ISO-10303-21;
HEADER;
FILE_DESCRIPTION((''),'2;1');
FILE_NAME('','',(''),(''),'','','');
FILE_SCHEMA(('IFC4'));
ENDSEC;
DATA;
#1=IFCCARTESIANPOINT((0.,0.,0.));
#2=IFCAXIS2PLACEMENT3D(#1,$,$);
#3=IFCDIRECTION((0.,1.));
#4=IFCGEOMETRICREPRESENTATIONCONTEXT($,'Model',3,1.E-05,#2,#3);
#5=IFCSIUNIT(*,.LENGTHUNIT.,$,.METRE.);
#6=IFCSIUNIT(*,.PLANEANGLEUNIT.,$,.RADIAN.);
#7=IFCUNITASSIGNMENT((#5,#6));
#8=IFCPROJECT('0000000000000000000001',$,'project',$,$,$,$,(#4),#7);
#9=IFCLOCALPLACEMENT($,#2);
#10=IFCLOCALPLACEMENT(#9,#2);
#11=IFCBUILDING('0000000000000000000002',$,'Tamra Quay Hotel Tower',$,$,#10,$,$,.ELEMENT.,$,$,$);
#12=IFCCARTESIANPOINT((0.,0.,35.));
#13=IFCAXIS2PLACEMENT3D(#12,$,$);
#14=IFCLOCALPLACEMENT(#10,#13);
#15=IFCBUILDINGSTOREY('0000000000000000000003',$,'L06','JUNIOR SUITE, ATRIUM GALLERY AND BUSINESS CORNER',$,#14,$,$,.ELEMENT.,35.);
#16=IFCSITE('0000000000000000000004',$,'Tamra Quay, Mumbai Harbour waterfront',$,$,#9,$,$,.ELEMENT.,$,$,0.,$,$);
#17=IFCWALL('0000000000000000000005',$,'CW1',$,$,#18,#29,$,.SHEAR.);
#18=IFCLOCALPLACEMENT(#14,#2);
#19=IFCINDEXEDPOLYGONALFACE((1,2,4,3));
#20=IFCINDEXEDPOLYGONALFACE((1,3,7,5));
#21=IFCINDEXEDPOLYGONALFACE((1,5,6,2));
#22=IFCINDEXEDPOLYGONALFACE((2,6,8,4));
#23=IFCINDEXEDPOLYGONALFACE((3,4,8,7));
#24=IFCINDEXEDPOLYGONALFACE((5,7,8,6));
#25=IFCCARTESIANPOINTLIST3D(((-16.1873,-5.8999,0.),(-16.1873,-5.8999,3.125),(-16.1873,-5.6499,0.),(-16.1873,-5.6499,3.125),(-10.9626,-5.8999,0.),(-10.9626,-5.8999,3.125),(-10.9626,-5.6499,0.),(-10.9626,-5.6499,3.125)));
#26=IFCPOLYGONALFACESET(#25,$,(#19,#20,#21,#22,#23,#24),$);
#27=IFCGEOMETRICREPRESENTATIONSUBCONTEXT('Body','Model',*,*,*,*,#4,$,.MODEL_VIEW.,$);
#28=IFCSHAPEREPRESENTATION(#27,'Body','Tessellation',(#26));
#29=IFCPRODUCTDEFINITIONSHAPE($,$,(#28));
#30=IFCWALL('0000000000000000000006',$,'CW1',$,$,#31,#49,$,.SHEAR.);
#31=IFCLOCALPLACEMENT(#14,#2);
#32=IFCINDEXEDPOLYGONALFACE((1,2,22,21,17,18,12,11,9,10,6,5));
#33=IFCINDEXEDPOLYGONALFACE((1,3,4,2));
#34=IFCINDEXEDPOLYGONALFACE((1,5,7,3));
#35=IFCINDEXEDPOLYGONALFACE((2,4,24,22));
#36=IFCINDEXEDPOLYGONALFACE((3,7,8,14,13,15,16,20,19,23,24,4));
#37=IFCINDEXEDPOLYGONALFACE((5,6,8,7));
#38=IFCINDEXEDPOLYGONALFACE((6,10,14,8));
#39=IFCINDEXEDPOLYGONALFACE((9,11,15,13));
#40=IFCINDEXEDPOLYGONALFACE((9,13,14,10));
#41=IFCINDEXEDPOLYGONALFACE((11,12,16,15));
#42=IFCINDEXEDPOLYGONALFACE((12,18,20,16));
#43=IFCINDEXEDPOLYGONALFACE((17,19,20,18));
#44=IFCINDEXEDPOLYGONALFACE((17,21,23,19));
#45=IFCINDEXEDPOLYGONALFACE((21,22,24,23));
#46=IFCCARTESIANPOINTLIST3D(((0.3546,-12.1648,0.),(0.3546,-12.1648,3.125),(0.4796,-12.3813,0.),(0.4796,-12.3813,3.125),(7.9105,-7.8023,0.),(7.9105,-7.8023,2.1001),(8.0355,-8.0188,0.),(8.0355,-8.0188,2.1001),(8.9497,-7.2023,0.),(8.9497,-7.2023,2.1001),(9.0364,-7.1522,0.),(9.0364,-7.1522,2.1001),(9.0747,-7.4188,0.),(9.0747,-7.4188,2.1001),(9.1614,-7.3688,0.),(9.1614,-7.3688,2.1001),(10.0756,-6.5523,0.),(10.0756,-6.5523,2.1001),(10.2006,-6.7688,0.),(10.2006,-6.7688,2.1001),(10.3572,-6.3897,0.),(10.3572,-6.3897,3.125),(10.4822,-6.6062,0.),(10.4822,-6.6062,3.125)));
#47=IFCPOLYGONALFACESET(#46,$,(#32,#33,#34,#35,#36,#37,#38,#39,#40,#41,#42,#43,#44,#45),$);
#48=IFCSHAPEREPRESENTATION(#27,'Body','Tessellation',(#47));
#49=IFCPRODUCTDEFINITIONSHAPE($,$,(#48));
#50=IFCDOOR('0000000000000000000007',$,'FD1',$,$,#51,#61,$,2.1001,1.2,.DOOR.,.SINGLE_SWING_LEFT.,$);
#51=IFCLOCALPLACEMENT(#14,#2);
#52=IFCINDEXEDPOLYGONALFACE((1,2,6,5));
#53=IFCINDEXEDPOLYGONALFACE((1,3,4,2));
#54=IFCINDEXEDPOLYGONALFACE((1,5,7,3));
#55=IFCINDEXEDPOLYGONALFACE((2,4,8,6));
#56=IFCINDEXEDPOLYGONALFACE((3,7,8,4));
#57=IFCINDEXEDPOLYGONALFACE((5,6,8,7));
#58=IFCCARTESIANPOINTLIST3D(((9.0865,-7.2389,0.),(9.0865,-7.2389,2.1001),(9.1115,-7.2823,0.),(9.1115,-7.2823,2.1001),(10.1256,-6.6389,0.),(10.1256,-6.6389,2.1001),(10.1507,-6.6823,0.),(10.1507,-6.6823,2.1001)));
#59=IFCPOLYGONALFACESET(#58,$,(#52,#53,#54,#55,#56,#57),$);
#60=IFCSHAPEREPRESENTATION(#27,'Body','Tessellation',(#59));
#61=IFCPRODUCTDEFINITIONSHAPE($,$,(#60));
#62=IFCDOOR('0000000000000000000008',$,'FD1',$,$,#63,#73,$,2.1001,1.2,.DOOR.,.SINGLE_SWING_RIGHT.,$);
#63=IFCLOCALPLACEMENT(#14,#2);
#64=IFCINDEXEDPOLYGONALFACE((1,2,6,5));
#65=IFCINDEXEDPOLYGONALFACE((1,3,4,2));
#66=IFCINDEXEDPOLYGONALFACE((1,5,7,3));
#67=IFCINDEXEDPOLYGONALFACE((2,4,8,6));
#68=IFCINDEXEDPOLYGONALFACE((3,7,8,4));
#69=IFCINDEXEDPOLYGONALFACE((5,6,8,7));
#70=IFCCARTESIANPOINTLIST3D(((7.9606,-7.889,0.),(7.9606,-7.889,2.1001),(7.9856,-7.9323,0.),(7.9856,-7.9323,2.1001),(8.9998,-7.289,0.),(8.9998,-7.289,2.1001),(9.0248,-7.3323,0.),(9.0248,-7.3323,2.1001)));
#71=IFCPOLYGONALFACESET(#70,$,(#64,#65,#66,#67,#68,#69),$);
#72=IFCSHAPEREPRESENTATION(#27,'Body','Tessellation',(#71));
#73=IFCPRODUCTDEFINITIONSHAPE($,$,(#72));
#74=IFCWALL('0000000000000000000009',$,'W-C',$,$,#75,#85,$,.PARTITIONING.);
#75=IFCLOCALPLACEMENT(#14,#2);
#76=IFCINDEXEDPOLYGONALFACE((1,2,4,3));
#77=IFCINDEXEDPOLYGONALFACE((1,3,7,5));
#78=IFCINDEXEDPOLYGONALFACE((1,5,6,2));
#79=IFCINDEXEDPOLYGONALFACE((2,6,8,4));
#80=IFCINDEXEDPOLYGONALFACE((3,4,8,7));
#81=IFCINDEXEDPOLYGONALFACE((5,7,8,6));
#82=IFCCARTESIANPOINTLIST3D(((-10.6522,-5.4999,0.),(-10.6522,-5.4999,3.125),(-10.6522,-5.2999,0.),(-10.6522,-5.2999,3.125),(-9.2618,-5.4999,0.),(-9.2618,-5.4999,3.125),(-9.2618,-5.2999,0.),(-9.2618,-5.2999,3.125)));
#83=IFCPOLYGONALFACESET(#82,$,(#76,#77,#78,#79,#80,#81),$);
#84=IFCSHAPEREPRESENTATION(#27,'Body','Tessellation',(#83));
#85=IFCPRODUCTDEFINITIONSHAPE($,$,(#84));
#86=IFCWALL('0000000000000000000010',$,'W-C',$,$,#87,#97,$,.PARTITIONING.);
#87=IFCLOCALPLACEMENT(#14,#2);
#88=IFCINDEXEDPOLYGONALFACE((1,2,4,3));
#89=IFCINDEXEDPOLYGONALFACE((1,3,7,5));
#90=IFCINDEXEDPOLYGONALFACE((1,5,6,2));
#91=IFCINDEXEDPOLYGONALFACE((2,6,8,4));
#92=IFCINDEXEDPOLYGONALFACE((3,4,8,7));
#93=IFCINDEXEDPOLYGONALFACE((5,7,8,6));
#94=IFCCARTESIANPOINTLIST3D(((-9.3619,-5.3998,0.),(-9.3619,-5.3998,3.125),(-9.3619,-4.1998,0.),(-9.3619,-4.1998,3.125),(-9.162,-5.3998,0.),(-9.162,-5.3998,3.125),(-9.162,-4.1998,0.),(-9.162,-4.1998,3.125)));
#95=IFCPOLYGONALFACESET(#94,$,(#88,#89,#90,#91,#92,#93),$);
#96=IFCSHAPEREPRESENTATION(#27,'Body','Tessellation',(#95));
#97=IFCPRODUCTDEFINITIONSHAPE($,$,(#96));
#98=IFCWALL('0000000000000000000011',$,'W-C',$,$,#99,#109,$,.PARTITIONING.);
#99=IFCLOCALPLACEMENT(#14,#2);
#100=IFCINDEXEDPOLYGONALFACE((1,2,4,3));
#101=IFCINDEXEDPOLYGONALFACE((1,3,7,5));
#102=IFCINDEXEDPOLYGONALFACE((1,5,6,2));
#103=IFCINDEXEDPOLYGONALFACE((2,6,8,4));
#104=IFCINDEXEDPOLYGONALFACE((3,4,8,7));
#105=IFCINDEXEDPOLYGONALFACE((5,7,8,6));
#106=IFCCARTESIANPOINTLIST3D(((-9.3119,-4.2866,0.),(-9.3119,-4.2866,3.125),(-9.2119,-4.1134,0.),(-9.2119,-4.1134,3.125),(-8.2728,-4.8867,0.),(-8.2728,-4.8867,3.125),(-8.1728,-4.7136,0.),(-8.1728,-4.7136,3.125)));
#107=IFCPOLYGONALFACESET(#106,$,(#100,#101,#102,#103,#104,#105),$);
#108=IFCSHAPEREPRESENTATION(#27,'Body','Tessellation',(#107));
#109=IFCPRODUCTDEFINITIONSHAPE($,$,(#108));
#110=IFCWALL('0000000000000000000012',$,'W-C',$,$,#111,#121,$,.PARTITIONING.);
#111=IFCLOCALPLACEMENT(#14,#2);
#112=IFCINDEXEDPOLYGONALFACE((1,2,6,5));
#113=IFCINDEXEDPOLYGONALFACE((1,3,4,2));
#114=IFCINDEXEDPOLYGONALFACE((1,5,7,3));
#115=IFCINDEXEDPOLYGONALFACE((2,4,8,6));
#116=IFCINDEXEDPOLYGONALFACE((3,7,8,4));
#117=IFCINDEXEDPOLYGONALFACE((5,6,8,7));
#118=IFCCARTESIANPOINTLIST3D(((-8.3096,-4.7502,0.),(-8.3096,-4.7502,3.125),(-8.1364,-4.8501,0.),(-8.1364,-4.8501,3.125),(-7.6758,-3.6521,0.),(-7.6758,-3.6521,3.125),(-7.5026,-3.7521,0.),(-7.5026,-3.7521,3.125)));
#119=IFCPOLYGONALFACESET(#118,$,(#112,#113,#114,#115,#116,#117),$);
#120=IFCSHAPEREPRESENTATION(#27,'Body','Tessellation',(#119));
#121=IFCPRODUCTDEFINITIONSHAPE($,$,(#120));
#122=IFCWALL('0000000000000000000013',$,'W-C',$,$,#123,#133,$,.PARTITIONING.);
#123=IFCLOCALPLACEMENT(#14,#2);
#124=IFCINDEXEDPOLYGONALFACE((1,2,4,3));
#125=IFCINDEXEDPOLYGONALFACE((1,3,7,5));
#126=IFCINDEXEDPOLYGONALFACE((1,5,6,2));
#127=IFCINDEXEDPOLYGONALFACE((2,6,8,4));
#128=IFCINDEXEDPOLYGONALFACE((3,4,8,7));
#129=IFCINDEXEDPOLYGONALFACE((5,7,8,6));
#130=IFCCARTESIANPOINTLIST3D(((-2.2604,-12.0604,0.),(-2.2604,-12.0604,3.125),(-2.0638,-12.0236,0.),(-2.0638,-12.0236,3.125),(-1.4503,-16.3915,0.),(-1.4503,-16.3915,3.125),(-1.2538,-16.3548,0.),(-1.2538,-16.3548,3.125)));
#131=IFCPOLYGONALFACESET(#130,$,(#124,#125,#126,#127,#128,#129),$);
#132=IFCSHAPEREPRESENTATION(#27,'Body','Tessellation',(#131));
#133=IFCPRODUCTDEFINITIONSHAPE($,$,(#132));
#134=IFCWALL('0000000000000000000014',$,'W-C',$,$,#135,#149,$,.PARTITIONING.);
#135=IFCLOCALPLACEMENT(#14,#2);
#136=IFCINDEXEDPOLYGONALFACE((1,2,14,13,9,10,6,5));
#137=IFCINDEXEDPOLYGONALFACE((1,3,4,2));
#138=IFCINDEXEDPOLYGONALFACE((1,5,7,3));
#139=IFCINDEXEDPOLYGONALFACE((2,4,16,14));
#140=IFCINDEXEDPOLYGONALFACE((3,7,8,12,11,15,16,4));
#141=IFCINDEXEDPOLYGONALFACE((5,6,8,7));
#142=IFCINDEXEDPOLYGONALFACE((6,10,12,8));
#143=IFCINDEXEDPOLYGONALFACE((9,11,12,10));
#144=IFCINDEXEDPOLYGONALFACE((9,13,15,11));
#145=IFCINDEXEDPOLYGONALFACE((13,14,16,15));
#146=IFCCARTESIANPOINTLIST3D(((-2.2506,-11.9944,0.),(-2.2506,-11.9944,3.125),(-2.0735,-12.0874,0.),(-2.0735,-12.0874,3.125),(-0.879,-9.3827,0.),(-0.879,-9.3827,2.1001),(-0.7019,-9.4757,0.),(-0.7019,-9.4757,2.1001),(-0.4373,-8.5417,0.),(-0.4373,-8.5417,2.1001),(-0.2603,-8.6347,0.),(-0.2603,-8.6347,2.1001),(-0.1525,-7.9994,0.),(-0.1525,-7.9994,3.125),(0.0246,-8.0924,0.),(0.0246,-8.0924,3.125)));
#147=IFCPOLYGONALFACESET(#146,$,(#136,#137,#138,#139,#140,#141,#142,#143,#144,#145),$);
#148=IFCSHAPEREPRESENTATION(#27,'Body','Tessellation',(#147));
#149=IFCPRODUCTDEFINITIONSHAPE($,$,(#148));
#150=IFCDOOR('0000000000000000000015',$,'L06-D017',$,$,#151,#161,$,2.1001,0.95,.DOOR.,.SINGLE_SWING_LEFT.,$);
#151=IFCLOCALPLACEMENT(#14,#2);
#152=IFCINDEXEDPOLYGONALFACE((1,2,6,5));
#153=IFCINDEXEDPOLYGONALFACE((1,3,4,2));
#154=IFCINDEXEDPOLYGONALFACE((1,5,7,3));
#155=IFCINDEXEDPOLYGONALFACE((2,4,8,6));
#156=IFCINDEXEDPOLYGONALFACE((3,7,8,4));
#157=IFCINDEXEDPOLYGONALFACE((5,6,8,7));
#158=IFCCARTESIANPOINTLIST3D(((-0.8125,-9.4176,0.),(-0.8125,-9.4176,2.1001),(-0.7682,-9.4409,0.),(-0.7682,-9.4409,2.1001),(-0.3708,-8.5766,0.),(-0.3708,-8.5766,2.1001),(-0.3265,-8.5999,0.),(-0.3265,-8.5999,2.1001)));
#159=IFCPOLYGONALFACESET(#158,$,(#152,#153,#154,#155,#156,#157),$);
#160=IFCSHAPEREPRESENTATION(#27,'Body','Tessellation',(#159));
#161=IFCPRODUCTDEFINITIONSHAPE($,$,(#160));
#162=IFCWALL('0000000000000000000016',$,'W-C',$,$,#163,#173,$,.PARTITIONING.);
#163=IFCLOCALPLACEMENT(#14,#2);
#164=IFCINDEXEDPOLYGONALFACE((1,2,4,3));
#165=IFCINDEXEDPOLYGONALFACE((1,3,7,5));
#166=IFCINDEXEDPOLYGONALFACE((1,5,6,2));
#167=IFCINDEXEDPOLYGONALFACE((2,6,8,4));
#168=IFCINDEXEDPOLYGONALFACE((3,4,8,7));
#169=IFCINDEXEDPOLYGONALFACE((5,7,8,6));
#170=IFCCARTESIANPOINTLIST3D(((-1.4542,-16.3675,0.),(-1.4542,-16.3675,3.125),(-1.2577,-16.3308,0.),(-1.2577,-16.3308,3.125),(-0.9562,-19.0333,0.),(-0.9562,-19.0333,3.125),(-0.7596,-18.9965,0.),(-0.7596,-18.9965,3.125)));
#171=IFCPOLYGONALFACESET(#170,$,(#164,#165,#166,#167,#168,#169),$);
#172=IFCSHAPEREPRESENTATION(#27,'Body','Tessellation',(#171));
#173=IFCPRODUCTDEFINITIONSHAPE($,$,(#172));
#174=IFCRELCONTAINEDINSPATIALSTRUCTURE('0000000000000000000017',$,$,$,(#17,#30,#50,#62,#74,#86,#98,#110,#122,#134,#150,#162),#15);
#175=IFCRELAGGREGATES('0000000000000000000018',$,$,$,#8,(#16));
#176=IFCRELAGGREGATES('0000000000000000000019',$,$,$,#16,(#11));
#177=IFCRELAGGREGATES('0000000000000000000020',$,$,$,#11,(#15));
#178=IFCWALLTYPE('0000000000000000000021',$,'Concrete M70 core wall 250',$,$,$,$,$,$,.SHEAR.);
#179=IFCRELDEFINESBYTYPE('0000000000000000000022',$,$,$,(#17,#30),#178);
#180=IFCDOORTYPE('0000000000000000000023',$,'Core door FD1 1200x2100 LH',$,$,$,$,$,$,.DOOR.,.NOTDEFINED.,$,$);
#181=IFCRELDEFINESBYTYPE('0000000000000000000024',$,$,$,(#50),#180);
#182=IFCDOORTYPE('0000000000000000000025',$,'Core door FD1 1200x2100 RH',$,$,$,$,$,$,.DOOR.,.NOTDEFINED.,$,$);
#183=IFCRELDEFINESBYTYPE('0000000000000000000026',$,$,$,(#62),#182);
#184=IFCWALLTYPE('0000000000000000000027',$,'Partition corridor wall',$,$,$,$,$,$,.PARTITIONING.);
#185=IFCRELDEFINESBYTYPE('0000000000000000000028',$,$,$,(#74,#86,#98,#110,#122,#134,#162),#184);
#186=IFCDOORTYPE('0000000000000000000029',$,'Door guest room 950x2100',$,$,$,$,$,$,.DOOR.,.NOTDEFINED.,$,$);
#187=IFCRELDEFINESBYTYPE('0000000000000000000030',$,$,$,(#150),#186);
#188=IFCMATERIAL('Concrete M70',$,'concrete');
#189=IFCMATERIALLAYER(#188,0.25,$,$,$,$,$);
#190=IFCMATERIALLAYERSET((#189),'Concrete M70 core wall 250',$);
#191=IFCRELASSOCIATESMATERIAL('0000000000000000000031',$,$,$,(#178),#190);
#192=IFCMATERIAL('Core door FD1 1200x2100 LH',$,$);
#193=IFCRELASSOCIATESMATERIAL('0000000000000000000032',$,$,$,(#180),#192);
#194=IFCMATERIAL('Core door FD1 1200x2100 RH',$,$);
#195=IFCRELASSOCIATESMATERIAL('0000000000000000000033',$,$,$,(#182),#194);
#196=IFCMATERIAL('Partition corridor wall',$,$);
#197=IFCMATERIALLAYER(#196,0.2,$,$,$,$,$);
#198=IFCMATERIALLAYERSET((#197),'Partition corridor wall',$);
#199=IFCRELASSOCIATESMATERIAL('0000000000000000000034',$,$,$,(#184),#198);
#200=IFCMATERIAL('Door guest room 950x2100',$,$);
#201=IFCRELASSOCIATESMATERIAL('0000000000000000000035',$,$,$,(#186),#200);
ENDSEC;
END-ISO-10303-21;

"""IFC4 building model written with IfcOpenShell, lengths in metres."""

from ifc_helpers import new_model, si_unit, direction, frame, frame_2d, origin, place, context, subcontext, project, spatial, rectangle, extrude, material, layer, layer_set, type_object, element, fill, save


model = new_model("IFC4")

# Units and contexts
model_context = context("Model", 3, precision=1e-05, world=origin(), true_north=direction((0.0, 1.0)))
body_context = subcontext(model_context, "Body", "Model", "MODEL_VIEW")
ifc_project = project(units=[si_unit("LENGTHUNIT", "METRE"), si_unit("PLANEANGLEUNIT", "RADIAN")], contexts=[model_context])

# Site, building, storey
site_placement = place(None, origin())
site = spatial("IfcSite", under=ifc_project, at=site_placement, Name="Tamra Quay, Mumbai Harbour waterfront", CompositionType="ELEMENT", RefElevation=0.0)
building_placement = place(site_placement, origin())
building = spatial("IfcBuilding", under=site, at=building_placement, Name="Tamra Quay Hotel Tower", CompositionType="ELEMENT")
storey_placement = place(building_placement, frame((0.0, 0.0, 35.0)))
storey = spatial("IfcBuildingStorey", under=building, at=storey_placement, Name="L06", Description="JUNIOR SUITE, ATRIUM GALLERY AND BUSINESS CORNER", CompositionType="ELEMENT", Elevation=35.0)

# Wall
ifc_material_1 = material(Name="Concrete M70", Category="concrete")
ifc_layer_1 = layer(ifc_material_1, 0.25)
ifc_layer_set_1 = layer_set([ifc_layer_1], Name="Concrete M70 core wall 250")
wall_type_1 = type_object("IfcWallType", Name="Concrete M70 core wall 250", PredefinedType="SHEAR", material=ifc_layer_set_1)
wall_1_placement = place(storey_placement, frame((-10.9626, -5.7749, 0.0), z_axis=(0.0, 0.0, 1.0), x_axis=(-1.0, 0.0, 0.0)))
element("IfcWall", 1, at=wall_1_placement, inside=storey, type_object=wall_type_1, Name="CW1", PredefinedType="SHEAR", context=body_context, shape_type="SweptSolid", body=[
    extrude(rectangle(XDim=5.2246, YDim=0.25, at=frame_2d((2.6123, 0.0))), origin(), (0.0, 0.0, 1.0), 3.125),
])

# Wall, openings, doors
wall_2_placement = place(storey_placement, frame((0.4172, -12.2729, 0.0), z_axis=(0.0, 0.0, 1.0), x_axis=(0.866022, 0.500006, 0.0)))
wall_2 = element("IfcWall", 2, at=wall_2_placement, inside=storey, type_object=wall_type_1, Name="CW1", PredefinedType="SHEAR", context=body_context, shape_type="SweptSolid", body=[
    extrude(rectangle(XDim=11.55, YDim=0.25, at=frame_2d((5.7749, 0.0))), origin(), (0.0, 0.0, 1.0), 3.125),
])
opening_1_placement = place(wall_2_placement, frame((10.0247, 0.0, 0.0)))
opening_1 = element("IfcOpeningElement", 3, at=opening_1_placement, cuts=wall_2, PredefinedType="OPENING", context=body_context, shape_type="SweptSolid", body=[
    extrude(rectangle(XDim=1.2, YDim=2.1001, at=frame_2d((0.6001, 1.05))), frame((0.0, 0.135, 0.0), z_axis=(0.0, -1.0, 0.0), x_axis=(1.0, 0.0, 0.0)), (0.0, 0.0, 1.0), 0.27),
])
opening_2_placement = place(wall_2_placement, frame((8.7246, 0.0, 0.0)))
opening_2 = element("IfcOpeningElement", 4, at=opening_2_placement, cuts=wall_2, PredefinedType="OPENING", context=body_context, shape_type="SweptSolid", body=[
    extrude(rectangle(XDim=1.2, YDim=2.1001, at=frame_2d((0.6001, 1.05))), frame((0.0, 0.135, 0.0), z_axis=(0.0, -1.0, 0.0), x_axis=(1.0, 0.0, 0.0)), (0.0, 0.0, 1.0), 0.27),
])
ifc_material_2 = material(Name="Core door FD1 1200x2100 LH")
door_type_1 = type_object("IfcDoorType", Name="Core door FD1 1200x2100 LH", OperationType="NOTDEFINED", PredefinedType="DOOR", material=ifc_material_2)
door_1_placement = place(opening_1_placement, origin())
door_1 = element("IfcDoor", 5, at=door_1_placement, inside=storey, type_object=door_type_1, Name="FD1", OperationType="SINGLE_SWING_LEFT", OverallHeight=2.1001, OverallWidth=1.2, PredefinedType="DOOR", context=body_context, shape_type="SweptSolid", body=[
    extrude(rectangle(XDim=1.2, YDim=2.1001, at=frame_2d((0.6001, 1.05))), frame((0.0, 0.0249, 0.0), z_axis=(0.0, -1.0, 0.0), x_axis=(1.0, 0.0, 0.0)), (0.0, 0.0, 1.0), 0.05),
])
fill(opening_1, door_1)
ifc_material_3 = material(Name="Core door FD1 1200x2100 RH")
door_type_2 = type_object("IfcDoorType", Name="Core door FD1 1200x2100 RH", OperationType="NOTDEFINED", PredefinedType="DOOR", material=ifc_material_3)
door_2_placement = place(opening_2_placement, origin())
door_2 = element("IfcDoor", 6, at=door_2_placement, inside=storey, type_object=door_type_2, Name="FD1", OperationType="SINGLE_SWING_RIGHT", OverallHeight=2.1001, OverallWidth=1.2, PredefinedType="DOOR", context=body_context, shape_type="SweptSolid", body=[
    extrude(rectangle(XDim=1.2, YDim=2.1001, at=frame_2d((0.6001, 1.05))), frame((0.0, 0.0249, 0.0), z_axis=(0.0, -1.0, 0.0), x_axis=(1.0, 0.0, 0.0)), (0.0, 0.0, 1.0), 0.05),
])
fill(opening_2, door_2)

# Walls
ifc_material_4 = material(Name="Partition corridor wall")
ifc_layer_2 = layer(ifc_material_4, 0.2)
ifc_layer_set_2 = layer_set([ifc_layer_2], Name="Partition corridor wall")
wall_type_2 = type_object("IfcWallType", Name="Partition corridor wall", PredefinedType="PARTITIONING", material=ifc_layer_set_2)
wall_3_placement = place(storey_placement, frame((-10.6523, -5.3999, 0.0), z_axis=(0.0, 0.0, 1.0), x_axis=(1.0, 0.0, 0.0)))
element("IfcWall", 7, at=wall_3_placement, inside=storey, type_object=wall_type_2, Name="W-C", PredefinedType="PARTITIONING", context=body_context, shape_type="SweptSolid", body=[
    extrude(rectangle(XDim=1.3904, YDim=0.2, at=frame_2d((0.6953, 0.0))), origin(), (0.0, 0.0, 1.0), 3.125),
])
for number, where, z_axis, x_axis, name in (
    (8, (-9.262, -5.3999, 0.0), (0.0, 0.0, 1.0), (0.0, 1.0, 0.0), "W-C"),
    (9, (-9.262, -4.2, 0.0), (0.0, 0.0, 1.0), (0.865955, -0.500122, 0.0), "W-C"),
):
    element("IfcWall", number, at=place(storey_placement, frame(where, z_axis=z_axis, x_axis=x_axis)), inside=storey, type_object=wall_type_2, Name=name, PredefinedType="PARTITIONING", context=body_context, shape_type="SweptSolid", body=[
        extrude(rectangle(XDim=1.2, YDim=0.2, at=frame_2d((0.6001, 0.0))), origin(), (0.0, 0.0, 1.0), 3.125),
    ])
wall_4_placement = place(storey_placement, frame((-8.2229, -4.8, 0.0), z_axis=(0.0, 0.0, 1.0), x_axis=(0.499867, 0.866102, 0.0)))
element("IfcWall", 10, at=wall_4_placement, inside=storey, type_object=wall_type_2, Name="W-C", PredefinedType="PARTITIONING", context=body_context, shape_type="SweptSolid", body=[
    extrude(rectangle(XDim=1.2678, YDim=0.2, at=frame_2d((0.6338, 0.0))), origin(), (0.0, 0.0, 1.0), 3.125),
])
wall_5_placement = place(storey_placement, frame((-2.1621, -12.042, 0.0), z_axis=(0.0, 0.0, 1.0), x_axis=(0.183847, -0.982955, 0.0)))
element("IfcWall", 11, at=wall_5_placement, inside=storey, type_object=wall_type_2, Name="W-C", PredefinedType="PARTITIONING", context=body_context, shape_type="SweptSolid", body=[
    extrude(rectangle(XDim=4.4062, YDim=0.2, at=frame_2d((2.2031, 0.0))), origin(), (0.0, 0.0, 1.0), 3.125),
])

# Wall, opening, door
wall_6_placement = place(storey_placement, frame((-2.1621, -12.041, 0.0), z_axis=(0.0, 0.0, 1.0), x_axis=(0.464957, 0.885333, 0.0)))
wall_6 = element("IfcWall", 12, at=wall_6_placement, inside=storey, type_object=wall_type_2, Name="W-C", PredefinedType="PARTITIONING", context=body_context, shape_type="SweptSolid", body=[
    extrude(rectangle(XDim=4.5125, YDim=0.2, at=frame_2d((2.2563, 0.0))), origin(), (0.0, 0.0, 1.0), 3.125),
])
opening_3_placement = place(wall_6_placement, frame((2.95, 0.0, 0.0)))
opening_3 = element("IfcOpeningElement", 13, at=opening_3_placement, cuts=wall_6, PredefinedType="OPENING", context=body_context, shape_type="SweptSolid", body=[
    extrude(rectangle(XDim=0.95, YDim=2.1001, at=frame_2d((0.4751, 1.05))), frame((0.0, 0.1099, 0.0), z_axis=(0.0, -1.0, 0.0), x_axis=(1.0, 0.0, 0.0)), (0.0, 0.0, 1.0), 0.22),
])
ifc_material_5 = material(Name="Door guest room 950x2100")
door_type_3 = type_object("IfcDoorType", Name="Door guest room 950x2100", OperationType="NOTDEFINED", PredefinedType="DOOR", material=ifc_material_5)
door_3_placement = place(opening_3_placement, origin())
door_3 = element("IfcDoor", 14, at=door_3_placement, inside=storey, type_object=door_type_3, Name="L06-D017", OperationType="SINGLE_SWING_LEFT", OverallHeight=2.1001, OverallWidth=0.95, PredefinedType="DOOR", context=body_context, shape_type="SweptSolid", body=[
    extrude(rectangle(XDim=0.95, YDim=2.1001, at=frame_2d((0.4751, 1.05))), frame((0.0, 0.0249, 0.0), z_axis=(0.0, -1.0, 0.0), x_axis=(1.0, 0.0, 0.0)), (0.0, 0.0, 1.0), 0.05),
])
fill(opening_3, door_3)

# Wall
wall_7_placement = place(storey_placement, frame((-1.356, -16.3491, 0.0), z_axis=(0.0, 0.0, 1.0), x_axis=(0.183653, -0.982991, 0.0)))
element("IfcWall", 15, at=wall_7_placement, inside=storey, type_object=wall_type_2, Name="W-C", PredefinedType="PARTITIONING", context=body_context, shape_type="SweptSolid", body=[
    extrude(rectangle(XDim=2.7119, YDim=0.2, at=frame_2d((1.356, 0.0))), origin(), (0.0, 0.0, 1.0), 3.125),
])

save(model, "model.ifc")
